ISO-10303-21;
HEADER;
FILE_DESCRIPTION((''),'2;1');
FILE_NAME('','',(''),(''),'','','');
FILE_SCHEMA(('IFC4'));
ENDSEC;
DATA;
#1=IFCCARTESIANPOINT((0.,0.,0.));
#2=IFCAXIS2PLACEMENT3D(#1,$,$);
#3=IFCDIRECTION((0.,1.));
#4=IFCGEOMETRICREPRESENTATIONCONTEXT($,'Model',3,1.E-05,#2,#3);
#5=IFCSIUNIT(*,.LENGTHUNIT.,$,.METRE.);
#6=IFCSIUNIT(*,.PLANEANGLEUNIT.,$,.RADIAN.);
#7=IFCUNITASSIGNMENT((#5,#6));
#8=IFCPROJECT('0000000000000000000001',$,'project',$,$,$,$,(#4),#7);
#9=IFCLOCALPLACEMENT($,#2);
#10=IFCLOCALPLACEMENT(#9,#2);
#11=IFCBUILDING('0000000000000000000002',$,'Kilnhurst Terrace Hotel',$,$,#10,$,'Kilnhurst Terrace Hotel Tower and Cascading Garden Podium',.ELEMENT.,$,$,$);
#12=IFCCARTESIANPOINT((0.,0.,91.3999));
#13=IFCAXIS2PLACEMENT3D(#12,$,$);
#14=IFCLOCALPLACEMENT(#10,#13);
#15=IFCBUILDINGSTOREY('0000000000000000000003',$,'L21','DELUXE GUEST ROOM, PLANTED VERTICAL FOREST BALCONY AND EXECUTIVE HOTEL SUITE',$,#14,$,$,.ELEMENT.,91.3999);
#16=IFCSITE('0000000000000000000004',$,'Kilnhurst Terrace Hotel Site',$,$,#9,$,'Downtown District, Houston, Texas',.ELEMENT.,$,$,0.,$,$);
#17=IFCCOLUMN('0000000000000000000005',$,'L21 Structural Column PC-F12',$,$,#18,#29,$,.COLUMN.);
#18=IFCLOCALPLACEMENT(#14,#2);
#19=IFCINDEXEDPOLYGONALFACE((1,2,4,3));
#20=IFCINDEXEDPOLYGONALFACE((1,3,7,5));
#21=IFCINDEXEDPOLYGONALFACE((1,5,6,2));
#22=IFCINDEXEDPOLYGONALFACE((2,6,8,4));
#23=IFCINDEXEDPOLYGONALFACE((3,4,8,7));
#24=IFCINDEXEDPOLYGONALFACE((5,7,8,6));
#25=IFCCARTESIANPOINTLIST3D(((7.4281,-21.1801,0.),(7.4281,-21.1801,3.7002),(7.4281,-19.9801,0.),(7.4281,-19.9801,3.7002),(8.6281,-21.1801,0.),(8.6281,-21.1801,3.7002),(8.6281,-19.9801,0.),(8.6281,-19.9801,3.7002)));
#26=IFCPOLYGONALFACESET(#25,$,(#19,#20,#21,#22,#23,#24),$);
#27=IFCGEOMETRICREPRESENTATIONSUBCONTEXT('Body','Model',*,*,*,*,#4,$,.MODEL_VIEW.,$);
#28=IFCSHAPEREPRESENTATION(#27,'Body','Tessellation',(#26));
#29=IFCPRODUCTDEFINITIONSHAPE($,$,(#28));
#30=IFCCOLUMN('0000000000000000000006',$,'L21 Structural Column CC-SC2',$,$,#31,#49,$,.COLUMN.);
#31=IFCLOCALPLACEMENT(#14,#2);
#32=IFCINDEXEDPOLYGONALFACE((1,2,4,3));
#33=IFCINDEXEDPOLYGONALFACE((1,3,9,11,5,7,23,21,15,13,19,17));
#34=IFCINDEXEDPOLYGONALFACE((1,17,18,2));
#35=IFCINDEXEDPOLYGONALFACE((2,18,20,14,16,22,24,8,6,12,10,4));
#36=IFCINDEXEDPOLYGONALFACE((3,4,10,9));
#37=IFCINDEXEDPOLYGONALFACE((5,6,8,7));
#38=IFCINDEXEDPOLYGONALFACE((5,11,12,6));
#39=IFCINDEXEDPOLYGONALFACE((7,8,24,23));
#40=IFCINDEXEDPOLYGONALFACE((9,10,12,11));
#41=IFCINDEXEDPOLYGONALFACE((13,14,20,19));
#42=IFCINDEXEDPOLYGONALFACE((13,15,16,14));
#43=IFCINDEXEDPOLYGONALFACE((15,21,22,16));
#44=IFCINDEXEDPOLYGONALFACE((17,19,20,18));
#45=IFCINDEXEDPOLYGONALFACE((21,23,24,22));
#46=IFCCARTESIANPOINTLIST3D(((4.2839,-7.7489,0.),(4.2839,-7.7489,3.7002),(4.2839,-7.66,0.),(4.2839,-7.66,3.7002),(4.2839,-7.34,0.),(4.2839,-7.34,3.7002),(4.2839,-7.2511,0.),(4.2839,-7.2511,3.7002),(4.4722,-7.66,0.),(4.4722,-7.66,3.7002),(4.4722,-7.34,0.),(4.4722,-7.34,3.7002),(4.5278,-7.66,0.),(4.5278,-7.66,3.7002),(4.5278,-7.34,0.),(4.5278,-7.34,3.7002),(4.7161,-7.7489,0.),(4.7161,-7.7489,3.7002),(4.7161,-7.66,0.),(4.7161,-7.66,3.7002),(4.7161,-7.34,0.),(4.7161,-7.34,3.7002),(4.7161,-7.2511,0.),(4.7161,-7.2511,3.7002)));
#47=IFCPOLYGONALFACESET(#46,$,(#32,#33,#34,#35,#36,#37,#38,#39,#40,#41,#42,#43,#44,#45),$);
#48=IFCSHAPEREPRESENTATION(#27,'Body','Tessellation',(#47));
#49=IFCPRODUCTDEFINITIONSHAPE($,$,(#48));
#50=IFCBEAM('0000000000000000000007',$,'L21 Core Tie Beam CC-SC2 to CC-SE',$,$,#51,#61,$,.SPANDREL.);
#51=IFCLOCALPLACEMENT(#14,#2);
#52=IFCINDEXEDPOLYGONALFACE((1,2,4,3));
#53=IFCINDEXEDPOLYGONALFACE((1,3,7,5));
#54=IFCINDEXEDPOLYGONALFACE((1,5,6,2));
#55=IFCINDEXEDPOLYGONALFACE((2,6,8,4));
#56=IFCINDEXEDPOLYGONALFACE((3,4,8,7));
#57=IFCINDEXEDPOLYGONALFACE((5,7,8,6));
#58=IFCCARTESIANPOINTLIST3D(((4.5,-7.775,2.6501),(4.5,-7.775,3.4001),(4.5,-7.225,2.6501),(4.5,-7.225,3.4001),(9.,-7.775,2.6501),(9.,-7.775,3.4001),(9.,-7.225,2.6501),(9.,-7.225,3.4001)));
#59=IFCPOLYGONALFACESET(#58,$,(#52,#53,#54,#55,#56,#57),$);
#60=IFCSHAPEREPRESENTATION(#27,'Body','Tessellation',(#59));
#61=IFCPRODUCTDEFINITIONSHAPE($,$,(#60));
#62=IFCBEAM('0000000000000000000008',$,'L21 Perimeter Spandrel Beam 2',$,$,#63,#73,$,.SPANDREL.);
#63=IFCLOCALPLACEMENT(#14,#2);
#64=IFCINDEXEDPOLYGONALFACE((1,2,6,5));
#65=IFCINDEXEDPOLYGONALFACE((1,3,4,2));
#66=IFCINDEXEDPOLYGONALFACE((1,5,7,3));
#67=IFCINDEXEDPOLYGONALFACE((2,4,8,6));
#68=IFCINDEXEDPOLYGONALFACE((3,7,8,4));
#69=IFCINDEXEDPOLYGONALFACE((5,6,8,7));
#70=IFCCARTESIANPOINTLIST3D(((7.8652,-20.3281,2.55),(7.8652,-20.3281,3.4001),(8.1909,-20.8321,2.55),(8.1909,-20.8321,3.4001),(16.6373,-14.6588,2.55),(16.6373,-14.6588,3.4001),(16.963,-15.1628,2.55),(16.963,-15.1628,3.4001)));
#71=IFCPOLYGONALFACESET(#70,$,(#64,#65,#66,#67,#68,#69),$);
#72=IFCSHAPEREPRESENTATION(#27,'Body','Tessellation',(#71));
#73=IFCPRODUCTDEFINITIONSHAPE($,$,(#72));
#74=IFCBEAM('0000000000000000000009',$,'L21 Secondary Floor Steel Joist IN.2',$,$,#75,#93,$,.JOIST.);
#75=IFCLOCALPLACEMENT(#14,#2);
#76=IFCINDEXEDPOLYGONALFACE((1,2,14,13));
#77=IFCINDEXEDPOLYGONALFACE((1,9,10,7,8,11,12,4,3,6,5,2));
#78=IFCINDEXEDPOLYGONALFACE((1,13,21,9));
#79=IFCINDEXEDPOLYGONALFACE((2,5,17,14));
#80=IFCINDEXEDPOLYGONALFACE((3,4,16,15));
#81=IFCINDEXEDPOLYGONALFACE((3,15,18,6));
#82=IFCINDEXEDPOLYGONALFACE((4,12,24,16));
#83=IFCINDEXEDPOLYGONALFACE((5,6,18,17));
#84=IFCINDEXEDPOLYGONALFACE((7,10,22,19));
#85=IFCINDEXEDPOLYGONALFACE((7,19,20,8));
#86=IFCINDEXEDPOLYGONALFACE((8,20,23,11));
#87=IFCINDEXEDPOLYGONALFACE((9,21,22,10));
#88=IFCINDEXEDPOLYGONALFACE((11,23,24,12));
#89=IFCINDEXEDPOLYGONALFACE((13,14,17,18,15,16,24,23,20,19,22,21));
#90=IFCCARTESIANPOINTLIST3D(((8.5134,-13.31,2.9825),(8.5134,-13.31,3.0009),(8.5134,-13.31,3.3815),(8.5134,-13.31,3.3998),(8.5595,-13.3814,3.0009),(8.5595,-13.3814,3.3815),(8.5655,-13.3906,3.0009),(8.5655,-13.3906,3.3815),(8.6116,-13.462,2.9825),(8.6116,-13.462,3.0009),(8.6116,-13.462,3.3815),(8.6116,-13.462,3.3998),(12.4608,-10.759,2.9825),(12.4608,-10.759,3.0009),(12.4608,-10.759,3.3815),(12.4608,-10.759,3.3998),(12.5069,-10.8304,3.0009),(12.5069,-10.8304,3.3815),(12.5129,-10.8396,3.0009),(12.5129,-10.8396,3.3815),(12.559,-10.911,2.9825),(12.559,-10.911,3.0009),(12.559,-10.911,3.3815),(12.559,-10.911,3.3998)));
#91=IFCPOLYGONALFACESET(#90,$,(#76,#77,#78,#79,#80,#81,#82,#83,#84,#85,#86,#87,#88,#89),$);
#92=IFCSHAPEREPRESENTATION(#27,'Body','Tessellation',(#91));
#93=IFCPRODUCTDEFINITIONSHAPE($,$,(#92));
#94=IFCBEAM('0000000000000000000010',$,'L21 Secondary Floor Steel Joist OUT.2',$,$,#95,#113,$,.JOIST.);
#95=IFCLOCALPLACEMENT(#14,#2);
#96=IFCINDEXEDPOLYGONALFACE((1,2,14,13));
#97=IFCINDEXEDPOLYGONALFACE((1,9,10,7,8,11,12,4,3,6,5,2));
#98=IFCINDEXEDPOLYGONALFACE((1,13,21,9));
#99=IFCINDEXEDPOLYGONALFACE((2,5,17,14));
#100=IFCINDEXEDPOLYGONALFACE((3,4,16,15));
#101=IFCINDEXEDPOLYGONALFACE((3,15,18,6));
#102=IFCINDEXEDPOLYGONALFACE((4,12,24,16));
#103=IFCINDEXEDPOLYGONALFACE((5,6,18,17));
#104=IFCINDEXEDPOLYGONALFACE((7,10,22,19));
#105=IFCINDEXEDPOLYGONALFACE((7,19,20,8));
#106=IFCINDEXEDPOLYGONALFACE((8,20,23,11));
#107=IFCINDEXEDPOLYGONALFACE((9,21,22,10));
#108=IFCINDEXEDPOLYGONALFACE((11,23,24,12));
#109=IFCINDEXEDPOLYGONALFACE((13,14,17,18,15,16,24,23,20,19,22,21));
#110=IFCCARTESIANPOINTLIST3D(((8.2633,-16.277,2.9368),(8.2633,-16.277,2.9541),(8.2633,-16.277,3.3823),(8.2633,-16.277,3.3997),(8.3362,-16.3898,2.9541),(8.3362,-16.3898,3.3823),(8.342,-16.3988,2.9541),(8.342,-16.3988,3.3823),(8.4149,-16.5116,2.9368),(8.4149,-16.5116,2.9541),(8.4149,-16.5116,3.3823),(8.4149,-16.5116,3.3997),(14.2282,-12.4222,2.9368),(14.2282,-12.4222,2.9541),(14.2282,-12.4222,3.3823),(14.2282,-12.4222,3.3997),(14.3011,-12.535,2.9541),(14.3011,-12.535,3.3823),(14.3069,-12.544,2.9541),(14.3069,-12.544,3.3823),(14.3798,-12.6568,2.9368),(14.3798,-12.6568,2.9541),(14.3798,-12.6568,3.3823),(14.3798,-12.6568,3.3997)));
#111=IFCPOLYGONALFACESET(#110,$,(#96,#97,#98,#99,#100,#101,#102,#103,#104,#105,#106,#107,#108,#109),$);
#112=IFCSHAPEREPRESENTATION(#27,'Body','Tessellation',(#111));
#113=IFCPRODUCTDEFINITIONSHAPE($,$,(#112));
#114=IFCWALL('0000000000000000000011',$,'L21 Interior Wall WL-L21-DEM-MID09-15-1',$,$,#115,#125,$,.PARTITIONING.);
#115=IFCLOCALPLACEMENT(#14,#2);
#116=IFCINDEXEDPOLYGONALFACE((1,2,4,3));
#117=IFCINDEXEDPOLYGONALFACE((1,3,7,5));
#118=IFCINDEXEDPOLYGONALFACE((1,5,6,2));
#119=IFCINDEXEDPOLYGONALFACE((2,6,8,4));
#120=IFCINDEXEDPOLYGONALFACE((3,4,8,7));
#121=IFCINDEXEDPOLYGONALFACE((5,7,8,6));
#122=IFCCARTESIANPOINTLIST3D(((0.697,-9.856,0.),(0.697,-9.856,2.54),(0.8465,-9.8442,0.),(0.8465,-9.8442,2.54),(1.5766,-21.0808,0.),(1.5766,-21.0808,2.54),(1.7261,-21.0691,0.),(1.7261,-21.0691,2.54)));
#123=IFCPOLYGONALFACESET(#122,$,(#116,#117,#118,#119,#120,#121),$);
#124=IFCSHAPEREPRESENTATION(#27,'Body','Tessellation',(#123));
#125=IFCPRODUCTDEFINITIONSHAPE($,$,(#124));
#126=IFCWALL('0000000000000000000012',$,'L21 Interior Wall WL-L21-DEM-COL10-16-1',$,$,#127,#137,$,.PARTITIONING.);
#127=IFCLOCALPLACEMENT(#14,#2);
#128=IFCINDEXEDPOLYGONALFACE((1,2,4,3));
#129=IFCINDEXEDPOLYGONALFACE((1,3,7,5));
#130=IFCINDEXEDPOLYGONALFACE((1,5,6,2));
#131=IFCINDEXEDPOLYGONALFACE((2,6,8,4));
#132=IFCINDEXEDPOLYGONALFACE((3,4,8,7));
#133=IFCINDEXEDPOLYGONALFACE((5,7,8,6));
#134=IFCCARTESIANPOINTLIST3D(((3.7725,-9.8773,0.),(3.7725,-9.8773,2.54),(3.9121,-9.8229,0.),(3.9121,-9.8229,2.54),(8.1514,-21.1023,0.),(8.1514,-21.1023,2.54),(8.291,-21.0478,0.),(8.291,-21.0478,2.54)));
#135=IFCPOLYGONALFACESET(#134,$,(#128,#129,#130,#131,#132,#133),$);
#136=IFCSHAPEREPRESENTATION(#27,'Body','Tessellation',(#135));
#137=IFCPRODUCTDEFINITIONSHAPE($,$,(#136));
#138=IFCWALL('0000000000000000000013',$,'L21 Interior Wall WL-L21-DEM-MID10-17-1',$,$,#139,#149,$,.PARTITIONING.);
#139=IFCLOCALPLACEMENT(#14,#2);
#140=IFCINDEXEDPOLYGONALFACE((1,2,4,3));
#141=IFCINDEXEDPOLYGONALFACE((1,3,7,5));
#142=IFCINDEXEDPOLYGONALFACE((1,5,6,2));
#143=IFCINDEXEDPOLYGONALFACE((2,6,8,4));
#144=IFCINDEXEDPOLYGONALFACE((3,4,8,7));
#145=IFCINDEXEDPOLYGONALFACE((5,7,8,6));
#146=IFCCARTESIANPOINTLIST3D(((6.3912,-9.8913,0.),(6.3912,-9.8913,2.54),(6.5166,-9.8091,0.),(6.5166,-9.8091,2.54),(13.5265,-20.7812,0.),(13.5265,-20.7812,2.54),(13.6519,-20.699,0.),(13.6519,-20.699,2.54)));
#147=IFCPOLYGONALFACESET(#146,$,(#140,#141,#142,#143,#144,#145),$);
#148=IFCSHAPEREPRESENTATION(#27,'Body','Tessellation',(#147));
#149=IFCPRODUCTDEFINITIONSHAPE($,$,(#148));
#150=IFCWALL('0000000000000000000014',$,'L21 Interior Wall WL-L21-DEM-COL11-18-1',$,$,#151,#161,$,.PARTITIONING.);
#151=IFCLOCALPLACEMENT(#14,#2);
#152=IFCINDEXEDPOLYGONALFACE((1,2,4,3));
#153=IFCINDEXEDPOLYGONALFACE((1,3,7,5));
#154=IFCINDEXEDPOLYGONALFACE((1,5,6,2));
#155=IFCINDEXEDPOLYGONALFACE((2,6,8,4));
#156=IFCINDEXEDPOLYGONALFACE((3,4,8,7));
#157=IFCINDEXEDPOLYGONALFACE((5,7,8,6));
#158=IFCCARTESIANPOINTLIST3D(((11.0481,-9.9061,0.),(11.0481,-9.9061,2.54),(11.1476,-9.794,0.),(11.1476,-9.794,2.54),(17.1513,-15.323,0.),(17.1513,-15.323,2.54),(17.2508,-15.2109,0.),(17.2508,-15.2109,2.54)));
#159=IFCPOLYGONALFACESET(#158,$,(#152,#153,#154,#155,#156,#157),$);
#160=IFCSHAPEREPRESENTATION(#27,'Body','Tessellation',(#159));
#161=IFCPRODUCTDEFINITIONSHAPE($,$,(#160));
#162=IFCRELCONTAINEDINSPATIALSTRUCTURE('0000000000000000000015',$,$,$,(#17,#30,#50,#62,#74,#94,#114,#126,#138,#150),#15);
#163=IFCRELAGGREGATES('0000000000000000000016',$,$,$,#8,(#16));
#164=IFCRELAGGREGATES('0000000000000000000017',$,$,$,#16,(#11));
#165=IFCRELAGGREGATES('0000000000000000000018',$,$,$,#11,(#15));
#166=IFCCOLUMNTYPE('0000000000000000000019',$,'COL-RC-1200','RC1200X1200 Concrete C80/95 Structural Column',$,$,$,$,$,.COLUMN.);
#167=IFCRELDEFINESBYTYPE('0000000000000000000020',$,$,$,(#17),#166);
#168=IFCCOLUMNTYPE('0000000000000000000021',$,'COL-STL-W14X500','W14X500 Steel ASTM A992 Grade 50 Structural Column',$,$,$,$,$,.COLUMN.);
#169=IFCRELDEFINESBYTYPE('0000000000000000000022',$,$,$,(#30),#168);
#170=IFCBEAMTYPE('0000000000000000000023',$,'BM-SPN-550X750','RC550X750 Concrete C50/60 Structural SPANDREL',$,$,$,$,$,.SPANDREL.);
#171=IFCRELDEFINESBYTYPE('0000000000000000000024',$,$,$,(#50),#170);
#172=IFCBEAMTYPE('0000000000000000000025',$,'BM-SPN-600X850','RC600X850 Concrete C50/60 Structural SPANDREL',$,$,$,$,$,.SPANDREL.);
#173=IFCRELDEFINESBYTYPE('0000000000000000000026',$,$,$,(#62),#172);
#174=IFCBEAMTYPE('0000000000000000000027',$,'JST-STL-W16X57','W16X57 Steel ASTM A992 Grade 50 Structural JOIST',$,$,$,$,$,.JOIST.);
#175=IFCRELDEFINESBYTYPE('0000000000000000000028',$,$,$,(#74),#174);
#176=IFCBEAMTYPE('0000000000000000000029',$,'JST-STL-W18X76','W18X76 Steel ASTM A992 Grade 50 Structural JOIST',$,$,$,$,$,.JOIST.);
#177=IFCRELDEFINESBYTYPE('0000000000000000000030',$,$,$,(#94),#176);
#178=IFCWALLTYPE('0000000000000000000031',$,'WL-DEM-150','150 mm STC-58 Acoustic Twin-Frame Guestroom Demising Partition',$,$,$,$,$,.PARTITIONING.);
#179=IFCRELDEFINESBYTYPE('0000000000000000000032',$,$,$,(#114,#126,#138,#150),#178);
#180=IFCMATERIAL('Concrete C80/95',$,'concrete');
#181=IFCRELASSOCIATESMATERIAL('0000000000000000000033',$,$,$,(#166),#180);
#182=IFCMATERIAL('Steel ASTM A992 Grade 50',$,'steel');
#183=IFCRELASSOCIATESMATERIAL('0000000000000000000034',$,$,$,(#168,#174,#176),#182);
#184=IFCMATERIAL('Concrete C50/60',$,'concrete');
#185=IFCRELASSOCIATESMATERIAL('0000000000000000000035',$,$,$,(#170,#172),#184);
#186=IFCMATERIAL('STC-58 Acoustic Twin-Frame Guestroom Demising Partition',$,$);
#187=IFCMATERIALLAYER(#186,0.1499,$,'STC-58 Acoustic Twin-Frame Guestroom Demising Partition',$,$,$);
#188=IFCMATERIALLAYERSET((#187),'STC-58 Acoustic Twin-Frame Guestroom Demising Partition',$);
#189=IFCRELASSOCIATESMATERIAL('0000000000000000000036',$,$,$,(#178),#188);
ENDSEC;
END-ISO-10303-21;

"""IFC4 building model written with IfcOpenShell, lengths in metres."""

from ifc_helpers import new_model, si_unit, direction, frame, frame_2d, origin, origin_2d, place, context, subcontext, project, spatial, rectangle, i_section, extrude, material, layer, layer_set, material_profile, profile_set, type_object, element, save


model = new_model("IFC4")

# Units and contexts
model_context = context("Model", 3, precision=1e-05, world=origin(), true_north=direction((0.0, 1.0)))
body_context = subcontext(model_context, "Body", "Model", "MODEL_VIEW")
ifc_project = project(units=[si_unit("LENGTHUNIT", "METRE"), si_unit("PLANEANGLEUNIT", "RADIAN")], contexts=[model_context])

# Site, building, storey
site_placement = place(None, origin())
site = spatial("IfcSite", under=ifc_project, at=site_placement, Name="Kilnhurst Terrace Hotel Site", LongName="Downtown District, Houston, Texas", CompositionType="ELEMENT", RefElevation=0.0)
building_placement = place(site_placement, origin())
building = spatial("IfcBuilding", under=site, at=building_placement, Name="Kilnhurst Terrace Hotel", LongName="Kilnhurst Terrace Hotel Tower and Cascading Garden Podium", CompositionType="ELEMENT")
storey_placement = place(building_placement, frame((0.0, 0.0, 91.3999)))
storey = spatial("IfcBuildingStorey", under=building, at=storey_placement, Name="L21", Description="DELUXE GUEST ROOM, PLANTED VERTICAL FOREST BALCONY AND EXECUTIVE HOTEL SUITE", CompositionType="ELEMENT", Elevation=91.3999)

# Columns
ifc_material_1 = material(Name="Concrete C80/95", Category="concrete")
ifc_material_profile_1 = material_profile(ifc_material_1, rectangle(XDim=1.2, YDim=1.2, at=origin_2d()), Name="RC1200X1200")
ifc_profile_set_1 = profile_set([ifc_material_profile_1], Name="Concrete C80/95")
column_type_1 = type_object("IfcColumnType", Name="COL-RC-1200", Description="RC1200X1200 Concrete C80/95 Structural Column", PredefinedType="COLUMN", material=ifc_profile_set_1)
column_1_placement = place(storey_placement, frame((8.0281, -20.5801, 0.0), z_axis=(0.0, 0.0, 1.0), x_axis=(1.0, 0.0, 0.0)))
element("IfcColumn", 1, at=column_1_placement, inside=storey, type_object=column_type_1, Name="L21 Structural Column PC-F12", PredefinedType="COLUMN", context=body_context, shape_type="SweptSolid", body=[
    extrude(rectangle(XDim=1.2, YDim=1.2, at=origin_2d()), origin(), (0.0, 0.0, 1.0), 3.7002),
])
ifc_material_2 = material(Name="Steel ASTM A992 Grade 50", Category="steel")
ifc_material_profile_2 = material_profile(ifc_material_2, i_section(OverallWidth=0.4321, OverallDepth=0.4978, WebThickness=0.0557, FlangeThickness=0.0889, at=origin_2d()), Name="W14X500")
ifc_profile_set_2 = profile_set([ifc_material_profile_2], Name="Steel ASTM A992 Grade 50")
column_type_2 = type_object("IfcColumnType", Name="COL-STL-W14X500", Description="W14X500 Steel ASTM A992 Grade 50 Structural Column", PredefinedType="COLUMN", material=ifc_profile_set_2)
column_2_placement = place(storey_placement, frame((4.5, -7.5, 0.0), z_axis=(0.0, 0.0, 1.0), x_axis=(1.0, 0.0, 0.0)))
element("IfcColumn", 2, at=column_2_placement, inside=storey, type_object=column_type_2, Name="L21 Structural Column CC-SC2", PredefinedType="COLUMN", context=body_context, shape_type="SweptSolid", body=[
    extrude(i_section(OverallWidth=0.4321, OverallDepth=0.4978, WebThickness=0.0557, FlangeThickness=0.0889, at=origin_2d()), origin(), (0.0, 0.0, 1.0), 3.7002),
])

# Beams
ifc_material_3 = material(Name="Concrete C50/60", Category="concrete")
ifc_material_profile_3 = material_profile(ifc_material_3, rectangle(XDim=0.55, YDim=0.75, at=origin_2d()), Name="RC550X750")
ifc_profile_set_3 = profile_set([ifc_material_profile_3], Name="Concrete C50/60")
beam_type_1 = type_object("IfcBeamType", Name="BM-SPN-550X750", Description="RC550X750 Concrete C50/60 Structural SPANDREL", PredefinedType="SPANDREL", material=ifc_profile_set_3)
beam_1_placement = place(storey_placement, frame((4.5, -7.5, 3.0251), z_axis=(1.0, 0.0, 0.0), x_axis=(0.0, 1.0, 0.0)))
element("IfcBeam", 3, at=beam_1_placement, inside=storey, type_object=beam_type_1, Name="L21 Core Tie Beam CC-SC2 to CC-SE", PredefinedType="SPANDREL", context=body_context, shape_type="SweptSolid", body=[
    extrude(rectangle(XDim=0.55, YDim=0.75, at=origin_2d()), origin(), (0.0, 0.0, 1.0), 4.5),
])
ifc_material_profile_4 = material_profile(ifc_material_3, rectangle(XDim=0.6001, YDim=0.8501, at=origin_2d()), Name="RC600X850")
ifc_profile_set_4 = profile_set([ifc_material_profile_4], Name="Concrete C50/60")
beam_type_2 = type_object("IfcBeamType", Name="BM-SPN-600X850", Description="RC600X850 Concrete C50/60 Structural SPANDREL", PredefinedType="SPANDREL", material=ifc_profile_set_4)
beam_2_placement = place(storey_placement, frame((8.0281, -20.5801, 2.9751), z_axis=(0.839867, 0.542793, 0.0), x_axis=(-0.542793, 0.839867, 0.0)))
element("IfcBeam", 4, at=beam_2_placement, inside=storey, type_object=beam_type_2, Name="L21 Perimeter Spandrel Beam 2", PredefinedType="SPANDREL", context=body_context, shape_type="SweptSolid", body=[
    extrude(rectangle(XDim=0.6001, YDim=0.8501, at=origin_2d()), origin(), (0.0, 0.0, 1.0), 10.4446),
])
ifc_material_profile_5 = material_profile(ifc_material_2, i_section(OverallWidth=0.1809, OverallDepth=0.4172, WebThickness=0.011, FlangeThickness=0.0183, at=origin_2d()), Name="W16X57")
ifc_profile_set_5 = profile_set([ifc_material_profile_5], Name="Steel ASTM A992 Grade 50")
beam_type_3 = type_object("IfcBeamType", Name="JST-STL-W16X57", Description="W16X57 Steel ASTM A992 Grade 50 Structural JOIST", PredefinedType="JOIST", material=ifc_profile_set_5)
beam_3_placement = place(storey_placement, frame((8.5625, -13.386, 3.1912), z_axis=(0.839885, 0.542764, 0.0), x_axis=(-0.542764, 0.839885, 0.0)))
element("IfcBeam", 5, at=beam_3_placement, inside=storey, type_object=beam_type_3, Name="L21 Secondary Floor Steel Joist IN.2", PredefinedType="JOIST", context=body_context, shape_type="SweptSolid", body=[
    extrude(i_section(OverallWidth=0.1809, OverallDepth=0.4172, WebThickness=0.011, FlangeThickness=0.0183, at=origin_2d()), origin(), (0.0, 0.0, 1.0), 4.7),
])
ifc_material_profile_6 = material_profile(ifc_material_2, i_section(OverallWidth=0.2793, OverallDepth=0.4629, WebThickness=0.0107, FlangeThickness=0.0173, at=origin_2d()), Name="W18X76")
ifc_profile_set_6 = profile_set([ifc_material_profile_6], Name="Steel ASTM A992 Grade 50")
beam_type_4 = type_object("IfcBeamType", Name="JST-STL-W18X76", Description="W18X76 Steel ASTM A992 Grade 50 Structural JOIST", PredefinedType="JOIST", material=ifc_profile_set_6)
beam_4_placement = place(storey_placement, frame((8.3391, -16.3943, 3.1682), z_axis=(0.839883, 0.542768, 0.0), x_axis=(-0.542768, 0.839883, 0.0)))
element("IfcBeam", 6, at=beam_4_placement, inside=storey, type_object=beam_type_4, Name="L21 Secondary Floor Steel Joist OUT.2", PredefinedType="JOIST", context=body_context, shape_type="SweptSolid", body=[
    extrude(i_section(OverallWidth=0.2793, OverallDepth=0.4629, WebThickness=0.0107, FlangeThickness=0.0173, at=origin_2d()), origin(), (0.0, 0.0, 1.0), 7.1021),
])

# Walls
ifc_material_4 = material(Name="STC-58 Acoustic Twin-Frame Guestroom Demising Partition")
ifc_layer_1 = layer(ifc_material_4, 0.1499, Name="STC-58 Acoustic Twin-Frame Guestroom Demising Partition")
ifc_layer_set_1 = layer_set([ifc_layer_1], Name="STC-58 Acoustic Twin-Frame Guestroom Demising Partition")
wall_type_1 = type_object("IfcWallType", Name="WL-DEM-150", Description="150 mm STC-58 Acoustic Twin-Frame Guestroom Demising Partition", PredefinedType="PARTITIONING", material=ifc_layer_set_1)
wall_1_placement = place(storey_placement, frame((0.7717, -9.8501, 0.0), z_axis=(0.0, 0.0, 1.0), x_axis=(0.078126, -0.996944, 0.0)))
element("IfcWall", 7, at=wall_1_placement, inside=storey, type_object=wall_type_1, Name="L21 Interior Wall WL-L21-DEM-MID09-15-1", PredefinedType="PARTITIONING", context=body_context, shape_type="SweptSolid", body=[
    extrude(rectangle(XDim=11.2593, YDim=0.1499, at=frame_2d((5.6296, 0.0))), origin(), (0.0, 0.0, 1.0), 2.54),
])
wall_2_placement = place(storey_placement, frame((3.8423, -9.8501, 0.0), z_axis=(0.0, 0.0, 1.0), x_axis=(0.363433, -0.93162, 0.0)))
element("IfcWall", 8, at=wall_2_placement, inside=storey, type_object=wall_type_1, Name="L21 Interior Wall WL-L21-DEM-COL10-16-1", PredefinedType="PARTITIONING", context=body_context, shape_type="SweptSolid", body=[
    extrude(rectangle(XDim=12.0488, YDim=0.1499, at=frame_2d((6.0244, 0.0))), origin(), (0.0, 0.0, 1.0), 2.54),
])
wall_3_placement = place(storey_placement, frame((6.4539, -9.8501, 0.0), z_axis=(0.0, 0.0, 1.0), x_axis=(0.548053, -0.836444, 0.0)))
element("IfcWall", 9, at=wall_3_placement, inside=storey, type_object=wall_type_1, Name="L21 Interior Wall WL-L21-DEM-MID10-17-1", PredefinedType="PARTITIONING", context=body_context, shape_type="SweptSolid", body=[
    extrude(rectangle(XDim=13.0193, YDim=0.1499, at=frame_2d((6.5098, 0.0))), origin(), (0.0, 0.0, 1.0), 2.54),
])
wall_4_placement = place(storey_placement, frame((11.0979, -9.8501, 0.0), z_axis=(0.0, 0.0, 1.0), x_axis=(0.747904, -0.663807, 0.0)))
element("IfcWall", 10, at=wall_4_placement, inside=storey, type_object=wall_type_1, Name="L21 Interior Wall WL-L21-DEM-COL11-18-1", PredefinedType="PARTITIONING", context=body_context, shape_type="SweptSolid", body=[
    extrude(rectangle(XDim=8.1604, YDim=0.1499, at=frame_2d((4.0801, 0.0))), origin(), (0.0, 0.0, 1.0), 2.54),
])

save(model, "model.ifc")
